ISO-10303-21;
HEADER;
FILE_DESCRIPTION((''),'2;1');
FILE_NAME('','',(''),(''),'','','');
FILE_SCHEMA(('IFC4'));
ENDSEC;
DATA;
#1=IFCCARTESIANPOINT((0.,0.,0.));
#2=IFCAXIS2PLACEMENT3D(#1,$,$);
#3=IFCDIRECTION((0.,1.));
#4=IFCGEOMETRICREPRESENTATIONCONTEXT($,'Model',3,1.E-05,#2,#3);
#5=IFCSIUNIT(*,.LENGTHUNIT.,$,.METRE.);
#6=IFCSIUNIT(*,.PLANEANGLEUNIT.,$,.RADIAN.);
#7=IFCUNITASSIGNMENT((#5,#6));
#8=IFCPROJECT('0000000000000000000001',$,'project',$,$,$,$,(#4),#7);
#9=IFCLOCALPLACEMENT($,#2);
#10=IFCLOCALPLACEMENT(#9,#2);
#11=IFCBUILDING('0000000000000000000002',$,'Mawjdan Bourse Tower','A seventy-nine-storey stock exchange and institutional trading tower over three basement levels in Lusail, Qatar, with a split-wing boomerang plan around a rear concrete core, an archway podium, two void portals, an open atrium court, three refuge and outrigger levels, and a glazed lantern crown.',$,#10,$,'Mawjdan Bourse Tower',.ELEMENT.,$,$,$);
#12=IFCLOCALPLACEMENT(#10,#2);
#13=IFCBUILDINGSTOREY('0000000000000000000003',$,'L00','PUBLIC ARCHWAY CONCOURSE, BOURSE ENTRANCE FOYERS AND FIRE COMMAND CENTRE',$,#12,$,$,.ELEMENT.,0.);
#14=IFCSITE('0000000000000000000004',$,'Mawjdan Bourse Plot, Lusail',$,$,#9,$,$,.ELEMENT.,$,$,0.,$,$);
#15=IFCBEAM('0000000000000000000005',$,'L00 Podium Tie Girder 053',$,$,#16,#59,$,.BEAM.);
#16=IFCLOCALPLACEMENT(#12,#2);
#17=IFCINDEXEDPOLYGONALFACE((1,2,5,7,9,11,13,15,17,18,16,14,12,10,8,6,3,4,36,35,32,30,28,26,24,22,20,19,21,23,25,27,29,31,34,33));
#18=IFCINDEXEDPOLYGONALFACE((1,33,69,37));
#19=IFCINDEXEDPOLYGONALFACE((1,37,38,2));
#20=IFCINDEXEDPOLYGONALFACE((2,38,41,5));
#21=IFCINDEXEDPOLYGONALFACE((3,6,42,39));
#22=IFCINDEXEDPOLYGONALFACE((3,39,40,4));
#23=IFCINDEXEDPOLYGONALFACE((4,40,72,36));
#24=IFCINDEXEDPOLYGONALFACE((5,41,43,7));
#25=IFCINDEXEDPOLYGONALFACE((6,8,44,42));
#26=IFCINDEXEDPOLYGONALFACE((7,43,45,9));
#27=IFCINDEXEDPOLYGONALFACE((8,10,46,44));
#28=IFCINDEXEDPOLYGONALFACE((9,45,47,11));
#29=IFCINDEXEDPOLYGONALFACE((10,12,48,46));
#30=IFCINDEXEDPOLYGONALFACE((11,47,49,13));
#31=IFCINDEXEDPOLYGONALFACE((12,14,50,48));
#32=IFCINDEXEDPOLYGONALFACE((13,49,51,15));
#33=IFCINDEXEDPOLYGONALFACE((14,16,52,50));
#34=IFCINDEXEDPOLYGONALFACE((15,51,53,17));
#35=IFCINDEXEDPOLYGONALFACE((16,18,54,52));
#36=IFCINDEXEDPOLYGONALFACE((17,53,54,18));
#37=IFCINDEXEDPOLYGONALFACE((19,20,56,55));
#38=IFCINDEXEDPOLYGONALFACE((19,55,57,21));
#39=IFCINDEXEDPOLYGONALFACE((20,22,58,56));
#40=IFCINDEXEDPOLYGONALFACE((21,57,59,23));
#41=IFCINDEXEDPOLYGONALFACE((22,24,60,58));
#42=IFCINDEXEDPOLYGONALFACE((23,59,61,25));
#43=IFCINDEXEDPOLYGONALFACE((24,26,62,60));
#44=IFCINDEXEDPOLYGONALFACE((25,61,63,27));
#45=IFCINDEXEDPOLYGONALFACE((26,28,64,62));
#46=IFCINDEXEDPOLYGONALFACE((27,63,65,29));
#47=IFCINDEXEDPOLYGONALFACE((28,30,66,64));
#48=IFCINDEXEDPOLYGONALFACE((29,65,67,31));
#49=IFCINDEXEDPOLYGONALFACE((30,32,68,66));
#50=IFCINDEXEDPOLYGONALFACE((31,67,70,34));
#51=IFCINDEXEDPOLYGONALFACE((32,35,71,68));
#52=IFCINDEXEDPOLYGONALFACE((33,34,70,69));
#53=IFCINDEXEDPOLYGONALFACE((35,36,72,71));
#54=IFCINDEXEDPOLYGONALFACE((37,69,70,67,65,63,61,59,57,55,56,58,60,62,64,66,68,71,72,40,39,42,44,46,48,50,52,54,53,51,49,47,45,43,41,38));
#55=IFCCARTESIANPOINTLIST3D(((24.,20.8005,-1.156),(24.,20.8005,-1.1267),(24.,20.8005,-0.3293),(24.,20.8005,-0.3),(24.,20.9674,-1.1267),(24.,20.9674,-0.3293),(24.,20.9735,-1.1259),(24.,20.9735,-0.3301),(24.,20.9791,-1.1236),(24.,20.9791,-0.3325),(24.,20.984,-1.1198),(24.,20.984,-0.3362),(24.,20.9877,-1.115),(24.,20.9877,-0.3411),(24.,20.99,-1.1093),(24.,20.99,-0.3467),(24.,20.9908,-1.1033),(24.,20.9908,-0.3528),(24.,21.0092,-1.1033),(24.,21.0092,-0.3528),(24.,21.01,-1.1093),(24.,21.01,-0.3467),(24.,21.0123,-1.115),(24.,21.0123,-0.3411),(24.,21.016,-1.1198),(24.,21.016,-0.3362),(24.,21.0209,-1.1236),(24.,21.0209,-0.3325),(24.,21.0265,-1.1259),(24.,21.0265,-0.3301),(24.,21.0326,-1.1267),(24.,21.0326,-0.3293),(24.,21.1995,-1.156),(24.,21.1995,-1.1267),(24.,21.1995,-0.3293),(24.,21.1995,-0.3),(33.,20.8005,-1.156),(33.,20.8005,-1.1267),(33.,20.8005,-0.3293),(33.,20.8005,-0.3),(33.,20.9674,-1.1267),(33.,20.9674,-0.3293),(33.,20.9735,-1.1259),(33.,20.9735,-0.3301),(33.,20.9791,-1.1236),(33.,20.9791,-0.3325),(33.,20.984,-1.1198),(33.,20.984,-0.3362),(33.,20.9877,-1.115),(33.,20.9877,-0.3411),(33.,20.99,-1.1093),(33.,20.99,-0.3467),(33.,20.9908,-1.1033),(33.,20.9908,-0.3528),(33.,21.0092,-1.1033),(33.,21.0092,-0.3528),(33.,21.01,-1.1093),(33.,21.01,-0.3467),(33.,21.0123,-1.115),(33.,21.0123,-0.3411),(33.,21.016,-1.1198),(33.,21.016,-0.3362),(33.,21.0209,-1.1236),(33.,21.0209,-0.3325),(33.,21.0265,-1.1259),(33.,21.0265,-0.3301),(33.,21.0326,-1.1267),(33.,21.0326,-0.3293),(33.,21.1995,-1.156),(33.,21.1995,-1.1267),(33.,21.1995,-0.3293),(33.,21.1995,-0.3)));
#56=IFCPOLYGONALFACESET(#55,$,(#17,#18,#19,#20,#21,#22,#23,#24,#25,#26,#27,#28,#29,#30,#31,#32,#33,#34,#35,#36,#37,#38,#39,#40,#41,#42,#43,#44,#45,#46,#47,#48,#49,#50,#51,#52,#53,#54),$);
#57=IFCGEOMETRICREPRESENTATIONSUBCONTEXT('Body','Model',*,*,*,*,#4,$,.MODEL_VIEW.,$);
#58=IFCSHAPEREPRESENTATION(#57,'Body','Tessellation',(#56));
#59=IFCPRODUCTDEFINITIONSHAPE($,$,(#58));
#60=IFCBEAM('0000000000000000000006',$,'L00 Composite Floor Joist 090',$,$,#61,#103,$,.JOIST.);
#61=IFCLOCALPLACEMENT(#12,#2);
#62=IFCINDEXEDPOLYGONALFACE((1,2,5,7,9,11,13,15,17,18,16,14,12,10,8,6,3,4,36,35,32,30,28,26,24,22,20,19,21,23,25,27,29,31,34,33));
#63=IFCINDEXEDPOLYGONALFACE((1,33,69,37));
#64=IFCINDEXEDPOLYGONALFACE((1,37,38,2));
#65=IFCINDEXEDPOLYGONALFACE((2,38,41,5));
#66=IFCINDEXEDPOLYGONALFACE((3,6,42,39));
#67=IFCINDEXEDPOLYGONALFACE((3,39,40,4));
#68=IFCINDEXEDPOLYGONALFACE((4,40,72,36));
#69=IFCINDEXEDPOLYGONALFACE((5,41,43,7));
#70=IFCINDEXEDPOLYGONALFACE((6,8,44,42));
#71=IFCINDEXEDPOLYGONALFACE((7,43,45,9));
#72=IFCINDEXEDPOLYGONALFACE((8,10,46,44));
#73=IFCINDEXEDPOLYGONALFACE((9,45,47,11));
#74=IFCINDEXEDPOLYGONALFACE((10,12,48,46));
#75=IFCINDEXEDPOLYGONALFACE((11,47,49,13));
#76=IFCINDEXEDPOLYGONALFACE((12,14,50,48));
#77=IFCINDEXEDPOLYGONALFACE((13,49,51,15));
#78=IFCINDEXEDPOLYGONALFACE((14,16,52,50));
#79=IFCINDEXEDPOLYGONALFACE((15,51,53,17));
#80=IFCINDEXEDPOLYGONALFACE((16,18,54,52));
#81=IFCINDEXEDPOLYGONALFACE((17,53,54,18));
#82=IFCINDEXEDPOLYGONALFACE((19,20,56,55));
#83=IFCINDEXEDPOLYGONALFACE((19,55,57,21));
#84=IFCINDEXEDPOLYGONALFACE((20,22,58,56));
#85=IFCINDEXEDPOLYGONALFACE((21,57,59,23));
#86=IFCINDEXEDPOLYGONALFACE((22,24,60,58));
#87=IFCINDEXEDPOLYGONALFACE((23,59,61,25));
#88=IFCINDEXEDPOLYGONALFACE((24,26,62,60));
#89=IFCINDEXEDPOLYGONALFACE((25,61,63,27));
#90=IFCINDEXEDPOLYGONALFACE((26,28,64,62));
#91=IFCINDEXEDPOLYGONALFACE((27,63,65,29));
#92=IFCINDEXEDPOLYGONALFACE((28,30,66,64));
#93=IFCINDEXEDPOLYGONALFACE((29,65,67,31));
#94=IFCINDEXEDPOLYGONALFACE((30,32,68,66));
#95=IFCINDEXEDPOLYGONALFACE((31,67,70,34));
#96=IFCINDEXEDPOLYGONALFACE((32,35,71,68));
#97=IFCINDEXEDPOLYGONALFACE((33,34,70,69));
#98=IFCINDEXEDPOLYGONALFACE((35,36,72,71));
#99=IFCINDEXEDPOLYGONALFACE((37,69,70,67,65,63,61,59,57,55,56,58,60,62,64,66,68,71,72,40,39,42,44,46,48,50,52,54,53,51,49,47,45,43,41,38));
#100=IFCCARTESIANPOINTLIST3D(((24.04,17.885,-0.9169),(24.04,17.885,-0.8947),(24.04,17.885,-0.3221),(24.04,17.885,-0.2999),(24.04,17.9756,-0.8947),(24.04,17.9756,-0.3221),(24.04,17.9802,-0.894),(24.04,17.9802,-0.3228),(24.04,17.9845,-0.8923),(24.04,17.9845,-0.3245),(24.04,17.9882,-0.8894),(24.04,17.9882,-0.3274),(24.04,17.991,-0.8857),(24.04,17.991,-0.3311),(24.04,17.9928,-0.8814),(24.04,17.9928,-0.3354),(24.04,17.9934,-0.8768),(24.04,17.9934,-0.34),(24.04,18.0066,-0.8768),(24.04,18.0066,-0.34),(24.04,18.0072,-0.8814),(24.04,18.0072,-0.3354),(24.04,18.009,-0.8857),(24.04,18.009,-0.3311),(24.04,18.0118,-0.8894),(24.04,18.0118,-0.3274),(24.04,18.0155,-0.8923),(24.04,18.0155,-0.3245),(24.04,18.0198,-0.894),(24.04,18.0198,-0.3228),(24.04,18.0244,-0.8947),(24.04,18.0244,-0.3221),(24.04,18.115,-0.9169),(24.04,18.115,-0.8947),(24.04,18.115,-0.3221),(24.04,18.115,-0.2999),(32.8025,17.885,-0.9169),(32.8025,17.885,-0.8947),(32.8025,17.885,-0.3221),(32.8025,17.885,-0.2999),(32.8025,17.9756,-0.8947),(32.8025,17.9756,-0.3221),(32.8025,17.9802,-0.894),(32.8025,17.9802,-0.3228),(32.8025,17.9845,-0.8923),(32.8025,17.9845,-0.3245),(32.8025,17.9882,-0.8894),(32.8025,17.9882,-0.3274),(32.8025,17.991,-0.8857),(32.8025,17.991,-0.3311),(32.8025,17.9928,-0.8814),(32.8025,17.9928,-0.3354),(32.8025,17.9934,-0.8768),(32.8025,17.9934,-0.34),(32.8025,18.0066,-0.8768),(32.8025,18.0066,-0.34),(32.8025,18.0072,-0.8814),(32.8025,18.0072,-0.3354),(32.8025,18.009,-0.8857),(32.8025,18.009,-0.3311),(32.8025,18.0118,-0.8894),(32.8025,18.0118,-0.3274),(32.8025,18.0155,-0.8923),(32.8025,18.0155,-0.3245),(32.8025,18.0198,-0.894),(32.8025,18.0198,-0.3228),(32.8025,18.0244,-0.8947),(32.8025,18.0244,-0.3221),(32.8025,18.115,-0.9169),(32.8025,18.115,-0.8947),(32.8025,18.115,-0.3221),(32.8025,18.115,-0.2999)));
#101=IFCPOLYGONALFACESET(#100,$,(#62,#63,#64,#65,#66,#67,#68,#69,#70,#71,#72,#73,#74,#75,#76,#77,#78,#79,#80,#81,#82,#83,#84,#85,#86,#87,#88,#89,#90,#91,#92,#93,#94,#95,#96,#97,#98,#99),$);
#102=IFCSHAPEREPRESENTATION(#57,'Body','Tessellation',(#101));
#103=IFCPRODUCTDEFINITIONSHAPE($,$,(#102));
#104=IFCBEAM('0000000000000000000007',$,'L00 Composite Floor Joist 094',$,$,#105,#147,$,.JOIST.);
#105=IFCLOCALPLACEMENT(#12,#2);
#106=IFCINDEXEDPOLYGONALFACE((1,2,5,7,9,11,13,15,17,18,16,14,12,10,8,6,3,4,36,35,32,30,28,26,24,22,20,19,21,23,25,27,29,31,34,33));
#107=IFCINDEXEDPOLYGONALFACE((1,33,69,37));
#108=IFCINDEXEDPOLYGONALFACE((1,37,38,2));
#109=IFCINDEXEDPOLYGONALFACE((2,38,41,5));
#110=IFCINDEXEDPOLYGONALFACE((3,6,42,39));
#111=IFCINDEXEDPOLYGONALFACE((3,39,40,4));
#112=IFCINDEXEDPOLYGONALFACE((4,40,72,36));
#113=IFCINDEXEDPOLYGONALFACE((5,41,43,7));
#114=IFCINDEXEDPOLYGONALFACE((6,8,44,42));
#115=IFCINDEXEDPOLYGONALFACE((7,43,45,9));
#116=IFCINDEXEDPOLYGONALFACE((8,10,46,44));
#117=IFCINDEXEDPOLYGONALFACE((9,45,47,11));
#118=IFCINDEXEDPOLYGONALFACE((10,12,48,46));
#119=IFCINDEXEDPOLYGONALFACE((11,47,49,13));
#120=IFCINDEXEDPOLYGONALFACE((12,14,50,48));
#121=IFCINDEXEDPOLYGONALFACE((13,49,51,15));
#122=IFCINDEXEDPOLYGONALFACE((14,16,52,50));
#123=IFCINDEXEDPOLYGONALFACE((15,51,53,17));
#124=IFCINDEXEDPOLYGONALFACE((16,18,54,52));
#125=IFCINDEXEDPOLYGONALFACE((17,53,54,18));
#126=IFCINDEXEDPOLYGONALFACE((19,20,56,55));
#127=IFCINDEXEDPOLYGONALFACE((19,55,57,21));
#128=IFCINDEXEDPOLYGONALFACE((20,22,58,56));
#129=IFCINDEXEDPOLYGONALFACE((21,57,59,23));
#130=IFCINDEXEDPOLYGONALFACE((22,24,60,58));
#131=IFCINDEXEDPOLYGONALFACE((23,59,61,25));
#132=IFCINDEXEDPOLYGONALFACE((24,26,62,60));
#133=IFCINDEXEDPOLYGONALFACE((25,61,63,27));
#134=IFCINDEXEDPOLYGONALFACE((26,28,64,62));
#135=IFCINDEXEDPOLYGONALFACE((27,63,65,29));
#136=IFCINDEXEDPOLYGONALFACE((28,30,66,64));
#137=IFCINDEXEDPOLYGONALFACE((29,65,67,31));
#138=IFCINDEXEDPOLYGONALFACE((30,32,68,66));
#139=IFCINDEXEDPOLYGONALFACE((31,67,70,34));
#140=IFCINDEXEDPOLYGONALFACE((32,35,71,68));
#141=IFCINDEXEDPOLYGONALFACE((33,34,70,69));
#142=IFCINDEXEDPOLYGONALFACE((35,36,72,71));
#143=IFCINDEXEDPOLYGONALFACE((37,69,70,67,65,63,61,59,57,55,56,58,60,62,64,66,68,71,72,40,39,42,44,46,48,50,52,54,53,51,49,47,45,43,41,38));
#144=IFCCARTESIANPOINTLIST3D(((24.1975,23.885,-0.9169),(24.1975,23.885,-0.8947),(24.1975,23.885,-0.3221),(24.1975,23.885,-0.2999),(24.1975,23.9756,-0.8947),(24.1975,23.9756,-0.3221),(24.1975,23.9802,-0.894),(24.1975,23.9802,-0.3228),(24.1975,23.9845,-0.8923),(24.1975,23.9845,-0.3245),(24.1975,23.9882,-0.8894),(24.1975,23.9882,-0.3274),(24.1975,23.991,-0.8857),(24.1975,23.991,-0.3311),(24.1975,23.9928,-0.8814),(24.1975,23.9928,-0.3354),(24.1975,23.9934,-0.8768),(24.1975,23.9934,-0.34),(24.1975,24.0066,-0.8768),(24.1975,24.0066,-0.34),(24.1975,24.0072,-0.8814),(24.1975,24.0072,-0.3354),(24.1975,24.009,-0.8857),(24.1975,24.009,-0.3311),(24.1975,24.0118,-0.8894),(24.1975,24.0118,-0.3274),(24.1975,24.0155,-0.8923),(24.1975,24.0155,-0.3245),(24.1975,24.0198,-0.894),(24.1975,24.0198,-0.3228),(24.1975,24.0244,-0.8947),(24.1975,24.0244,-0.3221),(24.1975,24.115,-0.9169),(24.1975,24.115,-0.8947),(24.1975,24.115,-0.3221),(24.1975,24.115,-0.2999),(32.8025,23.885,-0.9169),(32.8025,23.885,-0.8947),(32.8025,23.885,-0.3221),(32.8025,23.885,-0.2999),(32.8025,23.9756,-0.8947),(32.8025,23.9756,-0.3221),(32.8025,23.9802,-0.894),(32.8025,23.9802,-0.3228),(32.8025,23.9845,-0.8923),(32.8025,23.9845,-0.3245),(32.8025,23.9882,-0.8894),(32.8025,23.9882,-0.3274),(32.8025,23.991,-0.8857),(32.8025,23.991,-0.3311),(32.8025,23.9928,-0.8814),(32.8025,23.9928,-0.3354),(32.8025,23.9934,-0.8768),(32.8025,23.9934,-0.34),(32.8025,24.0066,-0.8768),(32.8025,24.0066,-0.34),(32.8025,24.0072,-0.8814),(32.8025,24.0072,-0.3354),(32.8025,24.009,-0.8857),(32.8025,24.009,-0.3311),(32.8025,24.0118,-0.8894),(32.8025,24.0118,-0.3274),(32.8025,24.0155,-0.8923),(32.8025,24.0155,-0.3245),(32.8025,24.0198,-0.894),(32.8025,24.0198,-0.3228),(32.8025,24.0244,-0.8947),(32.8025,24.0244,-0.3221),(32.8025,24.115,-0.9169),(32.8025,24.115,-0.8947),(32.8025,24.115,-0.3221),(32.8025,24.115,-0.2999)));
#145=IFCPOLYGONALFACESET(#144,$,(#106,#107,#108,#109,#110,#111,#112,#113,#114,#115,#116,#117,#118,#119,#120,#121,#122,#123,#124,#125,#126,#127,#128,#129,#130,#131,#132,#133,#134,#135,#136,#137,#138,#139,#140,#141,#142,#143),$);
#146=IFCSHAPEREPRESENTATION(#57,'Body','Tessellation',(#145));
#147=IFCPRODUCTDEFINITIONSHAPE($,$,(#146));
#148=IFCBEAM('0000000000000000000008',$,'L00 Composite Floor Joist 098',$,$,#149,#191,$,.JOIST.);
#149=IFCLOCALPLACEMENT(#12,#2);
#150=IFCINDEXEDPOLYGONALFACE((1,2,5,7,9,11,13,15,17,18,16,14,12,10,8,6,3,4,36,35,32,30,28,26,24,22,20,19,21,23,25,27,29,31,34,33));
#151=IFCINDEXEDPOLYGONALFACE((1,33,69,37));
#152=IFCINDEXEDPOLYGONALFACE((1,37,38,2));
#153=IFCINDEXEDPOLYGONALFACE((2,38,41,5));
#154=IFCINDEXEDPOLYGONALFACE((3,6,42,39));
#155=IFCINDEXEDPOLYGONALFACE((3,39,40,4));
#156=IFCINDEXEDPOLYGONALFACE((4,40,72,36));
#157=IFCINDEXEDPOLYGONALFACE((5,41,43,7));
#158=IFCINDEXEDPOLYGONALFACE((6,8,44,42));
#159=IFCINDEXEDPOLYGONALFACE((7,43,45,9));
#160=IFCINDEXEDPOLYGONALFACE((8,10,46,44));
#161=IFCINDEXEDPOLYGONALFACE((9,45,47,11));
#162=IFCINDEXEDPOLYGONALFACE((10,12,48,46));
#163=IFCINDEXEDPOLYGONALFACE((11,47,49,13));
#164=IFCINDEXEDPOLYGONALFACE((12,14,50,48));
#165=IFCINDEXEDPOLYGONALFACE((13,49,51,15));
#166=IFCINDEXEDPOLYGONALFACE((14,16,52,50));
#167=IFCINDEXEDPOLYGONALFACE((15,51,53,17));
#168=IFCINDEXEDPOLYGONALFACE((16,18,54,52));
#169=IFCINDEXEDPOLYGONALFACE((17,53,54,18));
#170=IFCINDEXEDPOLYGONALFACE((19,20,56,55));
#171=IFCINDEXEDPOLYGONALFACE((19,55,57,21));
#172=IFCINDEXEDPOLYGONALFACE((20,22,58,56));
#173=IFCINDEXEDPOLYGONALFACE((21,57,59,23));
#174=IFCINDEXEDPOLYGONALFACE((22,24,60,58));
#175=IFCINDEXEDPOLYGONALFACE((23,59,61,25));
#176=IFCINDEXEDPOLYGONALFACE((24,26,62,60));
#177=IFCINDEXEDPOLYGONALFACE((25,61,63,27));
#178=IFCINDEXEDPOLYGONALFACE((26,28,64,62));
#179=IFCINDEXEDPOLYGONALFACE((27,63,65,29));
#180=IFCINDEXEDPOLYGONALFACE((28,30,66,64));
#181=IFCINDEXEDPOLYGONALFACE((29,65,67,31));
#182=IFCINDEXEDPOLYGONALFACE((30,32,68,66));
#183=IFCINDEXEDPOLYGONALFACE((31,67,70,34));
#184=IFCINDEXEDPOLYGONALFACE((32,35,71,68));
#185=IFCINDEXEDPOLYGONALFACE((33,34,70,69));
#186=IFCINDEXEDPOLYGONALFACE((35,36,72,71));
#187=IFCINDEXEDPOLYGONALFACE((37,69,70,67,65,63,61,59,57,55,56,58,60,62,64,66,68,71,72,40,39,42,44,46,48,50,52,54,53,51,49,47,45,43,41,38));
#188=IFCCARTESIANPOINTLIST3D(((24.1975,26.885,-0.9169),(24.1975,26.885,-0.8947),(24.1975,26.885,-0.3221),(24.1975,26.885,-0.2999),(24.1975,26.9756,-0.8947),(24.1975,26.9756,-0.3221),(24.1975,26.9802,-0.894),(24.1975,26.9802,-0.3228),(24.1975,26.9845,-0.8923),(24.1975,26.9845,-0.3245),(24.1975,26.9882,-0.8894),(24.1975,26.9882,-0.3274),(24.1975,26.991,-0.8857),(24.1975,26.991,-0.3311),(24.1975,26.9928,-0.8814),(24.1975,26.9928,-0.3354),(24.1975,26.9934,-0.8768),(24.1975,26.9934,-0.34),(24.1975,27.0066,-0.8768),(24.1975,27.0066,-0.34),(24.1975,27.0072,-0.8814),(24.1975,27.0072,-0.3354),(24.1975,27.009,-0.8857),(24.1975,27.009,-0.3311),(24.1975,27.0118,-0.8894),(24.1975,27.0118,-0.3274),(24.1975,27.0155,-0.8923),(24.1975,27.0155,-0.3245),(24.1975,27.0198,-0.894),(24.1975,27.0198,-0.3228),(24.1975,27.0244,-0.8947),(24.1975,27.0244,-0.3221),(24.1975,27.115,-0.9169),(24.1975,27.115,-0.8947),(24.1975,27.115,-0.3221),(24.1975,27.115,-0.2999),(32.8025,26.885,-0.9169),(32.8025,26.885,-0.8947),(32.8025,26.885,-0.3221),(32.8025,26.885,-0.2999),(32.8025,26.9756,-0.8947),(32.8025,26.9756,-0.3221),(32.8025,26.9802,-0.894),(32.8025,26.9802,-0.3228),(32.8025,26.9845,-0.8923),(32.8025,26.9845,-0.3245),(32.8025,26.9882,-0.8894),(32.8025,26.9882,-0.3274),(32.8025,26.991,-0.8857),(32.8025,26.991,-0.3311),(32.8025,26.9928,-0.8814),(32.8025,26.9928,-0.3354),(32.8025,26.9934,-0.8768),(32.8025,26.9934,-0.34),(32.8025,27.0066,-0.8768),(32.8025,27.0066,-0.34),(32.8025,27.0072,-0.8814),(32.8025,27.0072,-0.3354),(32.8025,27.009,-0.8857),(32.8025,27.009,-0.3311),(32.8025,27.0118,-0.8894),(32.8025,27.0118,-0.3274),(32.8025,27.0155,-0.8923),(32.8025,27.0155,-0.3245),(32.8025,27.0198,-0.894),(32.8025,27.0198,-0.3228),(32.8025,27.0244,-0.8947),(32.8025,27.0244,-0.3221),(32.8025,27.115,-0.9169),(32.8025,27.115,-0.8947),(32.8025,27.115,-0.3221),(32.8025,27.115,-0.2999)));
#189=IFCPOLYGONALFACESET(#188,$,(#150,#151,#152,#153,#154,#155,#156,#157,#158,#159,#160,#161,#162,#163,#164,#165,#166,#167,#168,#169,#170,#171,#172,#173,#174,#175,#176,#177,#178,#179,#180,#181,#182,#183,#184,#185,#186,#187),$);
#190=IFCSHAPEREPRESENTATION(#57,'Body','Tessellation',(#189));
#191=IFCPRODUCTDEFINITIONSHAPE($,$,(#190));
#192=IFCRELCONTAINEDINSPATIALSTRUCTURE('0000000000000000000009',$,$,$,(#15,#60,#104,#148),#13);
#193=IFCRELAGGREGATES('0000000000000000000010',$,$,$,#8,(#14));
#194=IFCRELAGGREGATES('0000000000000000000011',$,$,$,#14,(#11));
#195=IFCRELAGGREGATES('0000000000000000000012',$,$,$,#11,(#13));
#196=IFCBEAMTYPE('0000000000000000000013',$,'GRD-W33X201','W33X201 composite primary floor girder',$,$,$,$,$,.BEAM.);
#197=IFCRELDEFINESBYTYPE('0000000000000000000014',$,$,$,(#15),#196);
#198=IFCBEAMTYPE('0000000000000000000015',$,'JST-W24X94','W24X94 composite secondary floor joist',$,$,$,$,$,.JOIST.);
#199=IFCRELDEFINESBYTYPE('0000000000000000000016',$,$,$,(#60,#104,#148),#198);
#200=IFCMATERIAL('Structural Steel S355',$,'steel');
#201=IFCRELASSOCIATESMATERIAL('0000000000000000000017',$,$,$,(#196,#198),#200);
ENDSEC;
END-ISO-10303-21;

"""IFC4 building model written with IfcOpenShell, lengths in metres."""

from ifc_helpers import new_model, si_unit, direction, frame, origin, origin_2d, place, context, subcontext, project, spatial, i_section, extrude, material, material_profile, profile_set, type_object, element, save


model = new_model("IFC4")

# Units and contexts
model_context = context("Model", 3, precision=1e-05, world=origin(), true_north=direction((0.0, 1.0)))
body_context = subcontext(model_context, "Body", "Model", "MODEL_VIEW")
ifc_project = project(units=[si_unit("LENGTHUNIT", "METRE"), si_unit("PLANEANGLEUNIT", "RADIAN")], contexts=[model_context])

# Site, building, storey
site_placement = place(None, origin())
site = spatial("IfcSite", under=ifc_project, at=site_placement, Name="Mawjdan Bourse Plot, Lusail", CompositionType="ELEMENT", RefElevation=0.0)
building_placement = place(site_placement, origin())
building = spatial("IfcBuilding", under=site, at=building_placement, Name="Mawjdan Bourse Tower", Description="A seventy-nine-storey stock exchange and institutional trading tower over three basement levels in Lusail, Qatar, with a split-wing boomerang plan around a rear concrete core, an archway podium, two void portals, an open atrium court, three refuge and outrigger levels, and a glazed lantern crown.", LongName="Mawjdan Bourse Tower", CompositionType="ELEMENT")
storey_placement = place(building_placement, origin())
storey = spatial("IfcBuildingStorey", under=building, at=storey_placement, Name="L00", Description="PUBLIC ARCHWAY CONCOURSE, BOURSE ENTRANCE FOYERS AND FIRE COMMAND CENTRE", CompositionType="ELEMENT", Elevation=0.0)

# Beams
ifc_material_1 = material(Name="Structural Steel S355", Category="steel")
ifc_material_profile_1 = material_profile(ifc_material_1, i_section(OverallWidth=0.3989, OverallDepth=0.856, WebThickness=0.0183, FlangeThickness=0.0293, FilletRadius=0.0234, at=origin_2d()), Name="W33X201")
ifc_profile_set_1 = profile_set([ifc_material_profile_1], Name="Structural Steel S355")
beam_type_1 = type_object("IfcBeamType", Name="GRD-W33X201", Description="W33X201 composite primary floor girder", PredefinedType="BEAM", material=ifc_profile_set_1)
for number, where, z_axis, x_axis, name in (
    (1, (24.0, 21.0, -0.728), (1.0, 0.0, 0.0), (0.0, 1.0, 0.0), "L00 Podium Tie Girder 053"),
):
    element("IfcBeam", number, at=place(storey_placement, frame(where, z_axis=z_axis, x_axis=x_axis)), inside=storey, type_object=beam_type_1, Name=name, PredefinedType="BEAM", context=body_context, shape_type="SweptSolid", body=[
        extrude(i_section(OverallWidth=0.3989, OverallDepth=0.856, WebThickness=0.0183, FlangeThickness=0.0293, FilletRadius=0.0234, at=origin_2d()), origin(), (0.0, 0.0, 1.0), 9.0),
    ])
ifc_material_profile_2 = material_profile(ifc_material_1, i_section(OverallWidth=0.23, OverallDepth=0.6169, WebThickness=0.0132, FlangeThickness=0.0222, FilletRadius=0.0178, at=origin_2d()), Name="W24X94")
ifc_profile_set_2 = profile_set([ifc_material_profile_2], Name="Structural Steel S355")
beam_type_2 = type_object("IfcBeamType", Name="JST-W24X94", Description="W24X94 composite secondary floor joist", PredefinedType="JOIST", material=ifc_profile_set_2)
beam_1_placement = place(storey_placement, frame((24.04, 18.0, -0.6084), z_axis=(1.0, 0.0, 0.0), x_axis=(0.0, 1.0, 0.0)))
element("IfcBeam", 2, at=beam_1_placement, inside=storey, type_object=beam_type_2, Name="L00 Composite Floor Joist 090", PredefinedType="JOIST", context=body_context, shape_type="SweptSolid", body=[
    extrude(i_section(OverallWidth=0.23, OverallDepth=0.6169, WebThickness=0.0132, FlangeThickness=0.0222, FilletRadius=0.0178, at=origin_2d()), origin(), (0.0, 0.0, 1.0), 8.7625),
])
for number, where, z_axis, x_axis, name in (
    (3, (24.1975, 24.0, -0.6084), (1.0, 0.0, 0.0), (0.0, 1.0, 0.0), "L00 Composite Floor Joist 094"),
    (4, (24.1975, 27.0, -0.6084), (1.0, 0.0, 0.0), (0.0, 1.0, 0.0), "L00 Composite Floor Joist 098"),
):
    element("IfcBeam", number, at=place(storey_placement, frame(where, z_axis=z_axis, x_axis=x_axis)), inside=storey, type_object=beam_type_2, Name=name, PredefinedType="JOIST", context=body_context, shape_type="SweptSolid", body=[
        extrude(i_section(OverallWidth=0.23, OverallDepth=0.6169, WebThickness=0.0132, FlangeThickness=0.0222, FilletRadius=0.0178, at=origin_2d()), origin(), (0.0, 0.0, 1.0), 8.605),
    ])

save(model, "model.ifc")
